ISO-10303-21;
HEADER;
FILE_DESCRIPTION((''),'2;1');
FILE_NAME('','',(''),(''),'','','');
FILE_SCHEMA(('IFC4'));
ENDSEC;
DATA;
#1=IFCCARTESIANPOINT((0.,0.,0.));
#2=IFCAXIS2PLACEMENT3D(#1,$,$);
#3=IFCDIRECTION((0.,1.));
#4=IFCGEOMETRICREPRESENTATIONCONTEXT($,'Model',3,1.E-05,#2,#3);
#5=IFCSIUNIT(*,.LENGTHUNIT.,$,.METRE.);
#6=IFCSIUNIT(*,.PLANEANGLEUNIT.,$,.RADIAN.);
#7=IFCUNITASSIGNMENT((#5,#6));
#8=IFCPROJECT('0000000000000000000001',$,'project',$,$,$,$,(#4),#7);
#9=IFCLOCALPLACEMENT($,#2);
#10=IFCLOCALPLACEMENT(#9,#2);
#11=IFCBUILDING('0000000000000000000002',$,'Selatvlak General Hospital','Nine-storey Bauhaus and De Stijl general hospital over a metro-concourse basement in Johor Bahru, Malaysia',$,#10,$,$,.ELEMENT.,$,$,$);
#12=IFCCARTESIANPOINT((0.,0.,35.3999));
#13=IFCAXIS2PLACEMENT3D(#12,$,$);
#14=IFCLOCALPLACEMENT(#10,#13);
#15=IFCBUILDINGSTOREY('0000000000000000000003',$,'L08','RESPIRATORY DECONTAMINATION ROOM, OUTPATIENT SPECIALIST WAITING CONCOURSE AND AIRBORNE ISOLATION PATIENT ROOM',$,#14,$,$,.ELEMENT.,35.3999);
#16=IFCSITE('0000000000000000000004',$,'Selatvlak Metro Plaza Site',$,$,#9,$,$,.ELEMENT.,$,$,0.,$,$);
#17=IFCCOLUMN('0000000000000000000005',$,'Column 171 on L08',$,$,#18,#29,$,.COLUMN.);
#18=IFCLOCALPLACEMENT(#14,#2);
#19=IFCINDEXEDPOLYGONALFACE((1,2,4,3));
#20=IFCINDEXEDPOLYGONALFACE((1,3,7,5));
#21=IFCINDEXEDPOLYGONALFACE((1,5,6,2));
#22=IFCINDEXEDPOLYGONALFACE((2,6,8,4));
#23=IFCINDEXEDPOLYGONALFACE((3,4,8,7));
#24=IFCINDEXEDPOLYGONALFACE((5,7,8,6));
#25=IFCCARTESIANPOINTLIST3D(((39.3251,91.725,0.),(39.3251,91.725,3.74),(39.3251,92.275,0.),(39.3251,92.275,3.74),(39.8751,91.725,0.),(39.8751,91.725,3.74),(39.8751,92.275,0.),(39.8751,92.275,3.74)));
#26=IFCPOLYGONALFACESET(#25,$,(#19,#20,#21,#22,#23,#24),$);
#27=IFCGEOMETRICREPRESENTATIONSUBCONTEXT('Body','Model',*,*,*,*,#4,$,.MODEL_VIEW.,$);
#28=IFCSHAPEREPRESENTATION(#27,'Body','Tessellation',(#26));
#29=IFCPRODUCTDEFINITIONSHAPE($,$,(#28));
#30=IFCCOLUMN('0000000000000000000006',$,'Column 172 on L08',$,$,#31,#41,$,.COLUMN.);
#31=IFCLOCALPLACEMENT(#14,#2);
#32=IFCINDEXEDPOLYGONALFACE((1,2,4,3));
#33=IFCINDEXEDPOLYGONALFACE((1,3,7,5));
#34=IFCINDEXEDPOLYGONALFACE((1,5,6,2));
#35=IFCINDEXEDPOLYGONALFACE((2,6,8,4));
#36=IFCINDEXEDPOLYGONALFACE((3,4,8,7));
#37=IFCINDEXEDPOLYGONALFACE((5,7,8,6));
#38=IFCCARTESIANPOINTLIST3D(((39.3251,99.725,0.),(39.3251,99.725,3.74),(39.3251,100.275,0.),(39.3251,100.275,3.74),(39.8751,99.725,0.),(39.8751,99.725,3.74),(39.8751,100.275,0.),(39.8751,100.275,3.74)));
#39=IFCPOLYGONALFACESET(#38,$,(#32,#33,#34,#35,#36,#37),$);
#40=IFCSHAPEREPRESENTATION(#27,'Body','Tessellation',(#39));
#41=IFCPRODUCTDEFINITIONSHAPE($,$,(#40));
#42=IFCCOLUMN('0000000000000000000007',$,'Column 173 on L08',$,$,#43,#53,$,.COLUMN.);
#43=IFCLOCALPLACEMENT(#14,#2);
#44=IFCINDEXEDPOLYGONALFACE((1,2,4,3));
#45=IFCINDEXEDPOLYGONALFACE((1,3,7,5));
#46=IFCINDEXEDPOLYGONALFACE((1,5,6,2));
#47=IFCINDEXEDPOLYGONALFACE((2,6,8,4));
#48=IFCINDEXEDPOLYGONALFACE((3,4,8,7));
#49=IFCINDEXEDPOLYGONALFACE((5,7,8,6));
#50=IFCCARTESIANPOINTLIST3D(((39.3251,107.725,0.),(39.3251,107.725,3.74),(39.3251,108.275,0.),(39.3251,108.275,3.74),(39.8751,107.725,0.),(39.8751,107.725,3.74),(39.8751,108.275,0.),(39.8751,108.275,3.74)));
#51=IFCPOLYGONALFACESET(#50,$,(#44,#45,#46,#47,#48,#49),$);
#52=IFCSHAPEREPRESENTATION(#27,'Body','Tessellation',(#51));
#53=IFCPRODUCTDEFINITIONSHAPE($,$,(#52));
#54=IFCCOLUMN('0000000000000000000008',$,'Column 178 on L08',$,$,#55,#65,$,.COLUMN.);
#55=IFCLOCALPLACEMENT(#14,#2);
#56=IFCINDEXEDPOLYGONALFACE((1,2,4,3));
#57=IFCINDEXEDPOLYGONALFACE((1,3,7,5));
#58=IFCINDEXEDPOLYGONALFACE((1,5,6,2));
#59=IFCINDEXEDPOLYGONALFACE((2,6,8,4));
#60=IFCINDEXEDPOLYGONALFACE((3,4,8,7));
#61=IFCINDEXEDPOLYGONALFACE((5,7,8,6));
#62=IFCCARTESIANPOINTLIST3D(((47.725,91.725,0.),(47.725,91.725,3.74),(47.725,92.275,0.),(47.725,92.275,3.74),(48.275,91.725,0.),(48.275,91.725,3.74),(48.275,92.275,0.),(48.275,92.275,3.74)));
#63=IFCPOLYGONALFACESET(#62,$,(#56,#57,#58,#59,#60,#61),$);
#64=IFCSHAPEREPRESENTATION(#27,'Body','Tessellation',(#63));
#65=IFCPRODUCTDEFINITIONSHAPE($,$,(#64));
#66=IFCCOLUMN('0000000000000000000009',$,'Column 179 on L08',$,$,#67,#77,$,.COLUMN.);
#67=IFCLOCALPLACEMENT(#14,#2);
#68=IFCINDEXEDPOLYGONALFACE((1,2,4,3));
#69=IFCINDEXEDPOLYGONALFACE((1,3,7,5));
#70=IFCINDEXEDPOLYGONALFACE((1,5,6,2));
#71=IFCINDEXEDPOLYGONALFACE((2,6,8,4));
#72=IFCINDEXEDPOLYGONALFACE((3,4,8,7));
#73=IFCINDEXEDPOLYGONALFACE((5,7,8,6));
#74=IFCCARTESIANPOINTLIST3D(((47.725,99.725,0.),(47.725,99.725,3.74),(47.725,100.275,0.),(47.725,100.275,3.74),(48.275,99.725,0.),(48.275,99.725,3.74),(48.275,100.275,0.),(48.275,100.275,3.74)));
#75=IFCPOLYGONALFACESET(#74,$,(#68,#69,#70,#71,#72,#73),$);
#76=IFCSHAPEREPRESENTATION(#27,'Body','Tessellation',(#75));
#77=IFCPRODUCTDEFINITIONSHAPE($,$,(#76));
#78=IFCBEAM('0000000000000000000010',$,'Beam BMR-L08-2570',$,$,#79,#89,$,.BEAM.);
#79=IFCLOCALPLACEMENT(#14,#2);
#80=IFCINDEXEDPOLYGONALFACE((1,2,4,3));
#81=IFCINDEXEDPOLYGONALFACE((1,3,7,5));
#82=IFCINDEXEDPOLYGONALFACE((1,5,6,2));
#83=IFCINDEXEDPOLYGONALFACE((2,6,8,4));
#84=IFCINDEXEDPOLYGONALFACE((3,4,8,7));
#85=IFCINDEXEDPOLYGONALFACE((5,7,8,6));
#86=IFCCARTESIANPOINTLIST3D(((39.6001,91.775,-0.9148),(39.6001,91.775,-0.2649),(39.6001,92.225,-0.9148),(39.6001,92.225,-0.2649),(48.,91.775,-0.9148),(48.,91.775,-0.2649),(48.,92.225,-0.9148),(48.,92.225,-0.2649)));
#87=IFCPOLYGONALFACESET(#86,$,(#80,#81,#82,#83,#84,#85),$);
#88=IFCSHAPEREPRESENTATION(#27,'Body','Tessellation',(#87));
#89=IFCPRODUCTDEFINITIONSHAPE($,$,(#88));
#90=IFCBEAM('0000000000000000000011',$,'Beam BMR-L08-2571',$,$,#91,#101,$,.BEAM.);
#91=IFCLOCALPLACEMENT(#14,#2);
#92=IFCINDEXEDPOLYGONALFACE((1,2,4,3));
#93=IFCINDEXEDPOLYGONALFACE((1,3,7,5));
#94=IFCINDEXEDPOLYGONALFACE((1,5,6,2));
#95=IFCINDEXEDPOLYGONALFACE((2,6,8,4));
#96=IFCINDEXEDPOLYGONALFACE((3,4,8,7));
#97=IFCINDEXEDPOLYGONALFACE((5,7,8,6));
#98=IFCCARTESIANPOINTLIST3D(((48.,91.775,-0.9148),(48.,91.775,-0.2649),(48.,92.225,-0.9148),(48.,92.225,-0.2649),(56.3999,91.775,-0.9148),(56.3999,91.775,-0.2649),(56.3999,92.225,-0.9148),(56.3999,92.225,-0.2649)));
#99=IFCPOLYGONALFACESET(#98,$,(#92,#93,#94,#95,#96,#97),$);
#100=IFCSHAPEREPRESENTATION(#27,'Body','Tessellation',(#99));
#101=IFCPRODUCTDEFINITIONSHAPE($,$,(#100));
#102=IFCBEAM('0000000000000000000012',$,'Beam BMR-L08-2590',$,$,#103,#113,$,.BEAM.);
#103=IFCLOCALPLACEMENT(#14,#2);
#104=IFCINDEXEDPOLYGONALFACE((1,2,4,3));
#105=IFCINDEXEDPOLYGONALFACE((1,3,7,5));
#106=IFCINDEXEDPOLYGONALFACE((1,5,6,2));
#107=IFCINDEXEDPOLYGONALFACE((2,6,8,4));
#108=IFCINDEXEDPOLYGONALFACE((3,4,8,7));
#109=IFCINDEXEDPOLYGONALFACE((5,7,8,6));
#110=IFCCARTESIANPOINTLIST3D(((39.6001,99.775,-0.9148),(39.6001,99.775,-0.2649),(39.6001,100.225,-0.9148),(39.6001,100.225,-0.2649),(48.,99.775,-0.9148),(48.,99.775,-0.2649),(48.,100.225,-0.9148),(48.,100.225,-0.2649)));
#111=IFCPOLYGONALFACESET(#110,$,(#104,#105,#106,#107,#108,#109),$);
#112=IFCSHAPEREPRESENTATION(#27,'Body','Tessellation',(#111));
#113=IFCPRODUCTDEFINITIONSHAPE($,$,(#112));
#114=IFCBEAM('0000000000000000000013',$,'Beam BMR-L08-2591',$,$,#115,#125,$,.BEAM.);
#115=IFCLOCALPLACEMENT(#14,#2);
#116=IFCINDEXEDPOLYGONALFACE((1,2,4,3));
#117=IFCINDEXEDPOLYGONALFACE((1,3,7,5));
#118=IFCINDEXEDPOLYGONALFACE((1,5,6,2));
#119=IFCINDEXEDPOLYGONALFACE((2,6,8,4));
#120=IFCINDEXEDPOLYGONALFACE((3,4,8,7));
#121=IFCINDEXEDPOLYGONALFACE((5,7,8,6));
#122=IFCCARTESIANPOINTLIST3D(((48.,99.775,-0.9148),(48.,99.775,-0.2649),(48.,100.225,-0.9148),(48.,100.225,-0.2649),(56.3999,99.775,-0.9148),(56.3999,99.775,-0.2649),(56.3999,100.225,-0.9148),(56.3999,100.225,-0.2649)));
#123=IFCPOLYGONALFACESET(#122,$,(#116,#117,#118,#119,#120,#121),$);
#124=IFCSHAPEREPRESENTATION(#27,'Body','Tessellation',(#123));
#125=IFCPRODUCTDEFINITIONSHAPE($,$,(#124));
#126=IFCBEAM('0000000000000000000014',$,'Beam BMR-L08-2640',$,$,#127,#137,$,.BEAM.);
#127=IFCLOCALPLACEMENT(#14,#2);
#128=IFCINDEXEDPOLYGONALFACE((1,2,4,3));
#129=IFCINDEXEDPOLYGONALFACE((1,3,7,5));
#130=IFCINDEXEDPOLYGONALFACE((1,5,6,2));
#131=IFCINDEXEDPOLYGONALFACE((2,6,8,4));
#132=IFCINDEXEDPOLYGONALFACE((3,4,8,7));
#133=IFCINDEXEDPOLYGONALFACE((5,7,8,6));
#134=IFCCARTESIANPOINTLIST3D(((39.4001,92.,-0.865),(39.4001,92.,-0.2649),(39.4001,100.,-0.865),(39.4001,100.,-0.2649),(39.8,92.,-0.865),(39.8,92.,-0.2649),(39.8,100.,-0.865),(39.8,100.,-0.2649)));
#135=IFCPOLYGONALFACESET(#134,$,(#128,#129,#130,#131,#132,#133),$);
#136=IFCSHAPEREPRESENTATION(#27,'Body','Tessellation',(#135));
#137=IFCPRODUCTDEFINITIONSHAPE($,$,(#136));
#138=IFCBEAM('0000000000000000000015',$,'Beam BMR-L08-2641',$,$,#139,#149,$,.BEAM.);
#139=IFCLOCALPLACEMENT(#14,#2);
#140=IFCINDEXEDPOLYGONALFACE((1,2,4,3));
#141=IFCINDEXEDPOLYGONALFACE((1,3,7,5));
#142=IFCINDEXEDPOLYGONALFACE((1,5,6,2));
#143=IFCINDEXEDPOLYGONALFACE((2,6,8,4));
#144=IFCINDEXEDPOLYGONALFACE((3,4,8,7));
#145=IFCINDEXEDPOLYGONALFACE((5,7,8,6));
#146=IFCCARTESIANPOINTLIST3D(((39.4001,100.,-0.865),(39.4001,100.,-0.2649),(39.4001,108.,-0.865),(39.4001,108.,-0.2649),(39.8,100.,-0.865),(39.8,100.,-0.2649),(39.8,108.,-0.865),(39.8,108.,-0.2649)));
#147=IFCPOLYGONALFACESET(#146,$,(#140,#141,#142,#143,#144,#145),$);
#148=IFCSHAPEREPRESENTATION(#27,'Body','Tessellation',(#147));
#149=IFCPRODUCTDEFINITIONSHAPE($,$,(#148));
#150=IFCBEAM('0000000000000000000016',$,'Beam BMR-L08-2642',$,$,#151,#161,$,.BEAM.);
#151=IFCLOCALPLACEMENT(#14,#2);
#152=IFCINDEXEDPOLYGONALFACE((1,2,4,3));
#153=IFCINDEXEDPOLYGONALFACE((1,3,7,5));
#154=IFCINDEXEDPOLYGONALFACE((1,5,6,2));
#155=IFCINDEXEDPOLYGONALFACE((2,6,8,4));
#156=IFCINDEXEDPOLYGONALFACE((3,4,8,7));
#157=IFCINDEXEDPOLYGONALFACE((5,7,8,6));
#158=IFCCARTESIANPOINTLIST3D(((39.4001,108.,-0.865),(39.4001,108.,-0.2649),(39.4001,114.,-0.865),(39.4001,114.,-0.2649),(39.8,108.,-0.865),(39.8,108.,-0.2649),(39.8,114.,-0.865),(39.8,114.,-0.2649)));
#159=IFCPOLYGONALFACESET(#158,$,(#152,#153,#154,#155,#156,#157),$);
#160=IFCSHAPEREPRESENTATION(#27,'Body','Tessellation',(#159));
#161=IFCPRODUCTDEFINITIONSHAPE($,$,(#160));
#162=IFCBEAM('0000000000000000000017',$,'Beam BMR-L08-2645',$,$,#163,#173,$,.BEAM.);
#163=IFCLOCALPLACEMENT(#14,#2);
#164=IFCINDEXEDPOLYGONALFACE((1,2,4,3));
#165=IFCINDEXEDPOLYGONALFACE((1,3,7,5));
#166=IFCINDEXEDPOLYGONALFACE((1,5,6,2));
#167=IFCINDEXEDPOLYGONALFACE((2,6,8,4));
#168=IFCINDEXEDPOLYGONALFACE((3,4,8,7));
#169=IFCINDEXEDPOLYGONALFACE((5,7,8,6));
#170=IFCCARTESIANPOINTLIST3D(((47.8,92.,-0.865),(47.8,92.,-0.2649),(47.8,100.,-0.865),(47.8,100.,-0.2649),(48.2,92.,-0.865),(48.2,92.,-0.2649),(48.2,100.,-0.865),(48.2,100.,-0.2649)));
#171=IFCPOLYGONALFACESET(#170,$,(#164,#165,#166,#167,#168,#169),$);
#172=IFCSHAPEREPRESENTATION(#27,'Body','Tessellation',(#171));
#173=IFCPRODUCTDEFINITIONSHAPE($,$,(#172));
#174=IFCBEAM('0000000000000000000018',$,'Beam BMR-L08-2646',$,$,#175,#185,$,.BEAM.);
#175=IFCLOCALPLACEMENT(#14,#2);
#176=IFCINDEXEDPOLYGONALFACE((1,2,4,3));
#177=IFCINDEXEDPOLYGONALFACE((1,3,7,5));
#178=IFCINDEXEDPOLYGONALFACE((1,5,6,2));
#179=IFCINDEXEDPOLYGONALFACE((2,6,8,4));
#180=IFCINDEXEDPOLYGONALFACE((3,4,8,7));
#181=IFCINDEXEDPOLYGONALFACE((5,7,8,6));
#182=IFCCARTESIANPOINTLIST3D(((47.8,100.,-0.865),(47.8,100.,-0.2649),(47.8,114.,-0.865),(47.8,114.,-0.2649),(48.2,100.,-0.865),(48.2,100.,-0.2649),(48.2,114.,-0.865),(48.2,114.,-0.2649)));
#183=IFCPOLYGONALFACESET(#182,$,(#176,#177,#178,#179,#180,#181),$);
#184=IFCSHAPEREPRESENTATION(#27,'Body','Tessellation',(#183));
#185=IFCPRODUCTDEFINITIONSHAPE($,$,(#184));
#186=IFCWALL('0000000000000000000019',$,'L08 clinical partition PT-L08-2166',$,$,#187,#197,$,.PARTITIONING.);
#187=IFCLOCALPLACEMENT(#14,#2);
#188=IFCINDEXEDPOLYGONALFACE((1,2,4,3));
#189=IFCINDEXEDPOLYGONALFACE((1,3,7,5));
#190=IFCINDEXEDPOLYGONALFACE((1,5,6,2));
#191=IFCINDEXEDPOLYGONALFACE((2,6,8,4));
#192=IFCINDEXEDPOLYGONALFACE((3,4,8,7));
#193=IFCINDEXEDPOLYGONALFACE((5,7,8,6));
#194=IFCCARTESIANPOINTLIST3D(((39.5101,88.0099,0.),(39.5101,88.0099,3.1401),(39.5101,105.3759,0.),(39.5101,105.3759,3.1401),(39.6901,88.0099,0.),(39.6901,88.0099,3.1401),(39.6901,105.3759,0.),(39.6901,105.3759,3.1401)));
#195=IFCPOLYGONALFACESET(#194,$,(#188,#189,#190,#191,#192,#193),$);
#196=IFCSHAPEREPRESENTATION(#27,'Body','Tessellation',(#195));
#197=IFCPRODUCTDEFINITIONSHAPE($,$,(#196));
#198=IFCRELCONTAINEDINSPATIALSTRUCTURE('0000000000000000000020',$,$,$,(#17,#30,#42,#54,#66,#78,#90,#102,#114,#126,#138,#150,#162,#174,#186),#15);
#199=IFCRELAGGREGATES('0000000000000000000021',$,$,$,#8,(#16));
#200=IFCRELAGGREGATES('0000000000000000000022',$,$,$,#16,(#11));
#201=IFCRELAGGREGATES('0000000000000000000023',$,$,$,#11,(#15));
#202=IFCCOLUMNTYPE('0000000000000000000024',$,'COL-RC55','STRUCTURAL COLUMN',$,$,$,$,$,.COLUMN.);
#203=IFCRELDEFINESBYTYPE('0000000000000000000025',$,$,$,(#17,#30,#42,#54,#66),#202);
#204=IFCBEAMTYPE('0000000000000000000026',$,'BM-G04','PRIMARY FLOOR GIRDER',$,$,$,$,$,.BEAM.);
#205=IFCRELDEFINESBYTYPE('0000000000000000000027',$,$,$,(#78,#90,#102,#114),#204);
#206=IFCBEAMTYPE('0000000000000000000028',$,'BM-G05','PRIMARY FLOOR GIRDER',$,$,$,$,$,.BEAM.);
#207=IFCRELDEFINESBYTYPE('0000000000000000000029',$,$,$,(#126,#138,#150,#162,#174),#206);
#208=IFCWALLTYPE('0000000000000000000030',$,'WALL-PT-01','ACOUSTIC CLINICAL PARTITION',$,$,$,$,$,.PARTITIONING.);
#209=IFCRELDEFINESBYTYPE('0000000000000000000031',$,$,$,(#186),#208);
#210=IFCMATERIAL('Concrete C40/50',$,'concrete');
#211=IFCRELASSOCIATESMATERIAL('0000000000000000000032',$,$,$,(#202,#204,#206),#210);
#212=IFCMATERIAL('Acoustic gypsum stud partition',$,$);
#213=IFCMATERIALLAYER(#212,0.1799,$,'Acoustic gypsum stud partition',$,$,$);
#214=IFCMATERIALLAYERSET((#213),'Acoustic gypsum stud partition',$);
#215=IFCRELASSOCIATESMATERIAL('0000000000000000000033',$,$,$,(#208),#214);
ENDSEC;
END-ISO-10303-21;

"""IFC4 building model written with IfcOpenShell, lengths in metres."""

from ifc_helpers import new_model, si_unit, direction, frame, frame_2d, origin, origin_2d, place, context, subcontext, project, spatial, rectangle, extrude, material, layer, layer_set, material_profile, profile_set, type_object, element, save


model = new_model("IFC4")

# Units and contexts
model_context = context("Model", 3, precision=1e-05, world=origin(), true_north=direction((0.0, 1.0)))
body_context = subcontext(model_context, "Body", "Model", "MODEL_VIEW")
ifc_project = project(units=[si_unit("LENGTHUNIT", "METRE"), si_unit("PLANEANGLEUNIT", "RADIAN")], contexts=[model_context])

# Site, building, storey
site_placement = place(None, origin())
site = spatial("IfcSite", under=ifc_project, at=site_placement, Name="Selatvlak Metro Plaza Site", CompositionType="ELEMENT", RefElevation=0.0)
building_placement = place(site_placement, origin())
building = spatial("IfcBuilding", under=site, at=building_placement, Name="Selatvlak General Hospital", Description="Nine-storey Bauhaus and De Stijl general hospital over a metro-concourse basement in Johor Bahru, Malaysia", CompositionType="ELEMENT")
storey_placement = place(building_placement, frame((0.0, 0.0, 35.3999)))
storey = spatial("IfcBuildingStorey", under=building, at=storey_placement, Name="L08", Description="RESPIRATORY DECONTAMINATION ROOM, OUTPATIENT SPECIALIST WAITING CONCOURSE AND AIRBORNE ISOLATION PATIENT ROOM", CompositionType="ELEMENT", Elevation=35.3999)

# Columns
ifc_material_1 = material(Name="Concrete C40/50", Category="concrete")
ifc_material_profile_1 = material_profile(ifc_material_1, rectangle(XDim=0.55, YDim=0.55, at=origin_2d()), Name="RC-COL 550x550")
ifc_profile_set_1 = profile_set([ifc_material_profile_1], Name="Concrete C40/50")
column_type = type_object("IfcColumnType", Name="COL-RC55", Description="STRUCTURAL COLUMN", PredefinedType="COLUMN", material=ifc_profile_set_1)
for number, where, z_axis, x_axis, name in (
    (1, (39.6001, 92.0, 0.0), (0.0, 0.0, 1.0), (1.0, 0.0, 0.0), "Column 171 on L08"),
    (2, (39.6001, 100.0, 0.0), (0.0, 0.0, 1.0), (1.0, 0.0, 0.0), "Column 172 on L08"),
    (3, (39.6001, 108.0, 0.0), (0.0, 0.0, 1.0), (1.0, 0.0, 0.0), "Column 173 on L08"),
    (4, (48.0, 92.0, 0.0), (0.0, 0.0, 1.0), (1.0, 0.0, 0.0), "Column 178 on L08"),
    (5, (48.0, 100.0, 0.0), (0.0, 0.0, 1.0), (1.0, 0.0, 0.0), "Column 179 on L08"),
):
    element("IfcColumn", number, at=place(storey_placement, frame(where, z_axis=z_axis, x_axis=x_axis)), inside=storey, type_object=column_type, Name=name, PredefinedType="COLUMN", context=body_context, shape_type="SweptSolid", body=[
        extrude(rectangle(XDim=0.55, YDim=0.55, at=origin_2d()), origin(), (0.0, 0.0, 1.0), 3.74),
    ])

# Beams
ifc_material_profile_2 = material_profile(ifc_material_1, rectangle(XDim=0.45, YDim=0.6499, at=origin_2d()), Name="RC-BM 450x650")
ifc_profile_set_2 = profile_set([ifc_material_profile_2], Name="Concrete C40/50")
beam_type_1 = type_object("IfcBeamType", Name="BM-G04", Description="PRIMARY FLOOR GIRDER", PredefinedType="BEAM", material=ifc_profile_set_2)
for number, where, z_axis, x_axis, name in (
    (6, (39.6001, 92.0, -0.5898), (1.0, 0.0, 0.0), (0.0, 1.0, 0.0), "Beam BMR-L08-2570"),
    (7, (48.0, 92.0, -0.5898), (1.0, 0.0, 0.0), (0.0, 1.0, 0.0), "Beam BMR-L08-2571"),
    (8, (39.6001, 100.0, -0.5898), (1.0, 0.0, 0.0), (0.0, 1.0, 0.0), "Beam BMR-L08-2590"),
    (9, (48.0, 100.0, -0.5898), (1.0, 0.0, 0.0), (0.0, 1.0, 0.0), "Beam BMR-L08-2591"),
):
    element("IfcBeam", number, at=place(storey_placement, frame(where, z_axis=z_axis, x_axis=x_axis)), inside=storey, type_object=beam_type_1, Name=name, PredefinedType="BEAM", context=body_context, shape_type="SweptSolid", body=[
        extrude(rectangle(XDim=0.45, YDim=0.6499, at=origin_2d()), origin(), (0.0, 0.0, 1.0), 8.3999),
    ])
ifc_material_profile_3 = material_profile(ifc_material_1, rectangle(XDim=0.3999, YDim=0.6001, at=origin_2d()), Name="RC-BM 400x600")
ifc_profile_set_3 = profile_set([ifc_material_profile_3], Name="Concrete C40/50")
beam_type_2 = type_object("IfcBeamType", Name="BM-G05", Description="PRIMARY FLOOR GIRDER", PredefinedType="BEAM", material=ifc_profile_set_3)
for number, where, z_axis, x_axis, name in (
    (10, (39.6001, 92.0, -0.5649), (0.0, 1.0, 0.0), (-1.0, 0.0, 0.0), "Beam BMR-L08-2640"),
    (11, (39.6001, 100.0, -0.5649), (0.0, 1.0, 0.0), (-1.0, 0.0, 0.0), "Beam BMR-L08-2641"),
):
    element("IfcBeam", number, at=place(storey_placement, frame(where, z_axis=z_axis, x_axis=x_axis)), inside=storey, type_object=beam_type_2, Name=name, PredefinedType="BEAM", context=body_context, shape_type="SweptSolid", body=[
        extrude(rectangle(XDim=0.3999, YDim=0.6001, at=origin_2d()), origin(), (0.0, 0.0, 1.0), 8.0),
    ])
beam_1_placement = place(storey_placement, frame((39.6001, 108.0, -0.5649), z_axis=(0.0, 1.0, 0.0), x_axis=(-1.0, 0.0, 0.0)))
element("IfcBeam", 12, at=beam_1_placement, inside=storey, type_object=beam_type_2, Name="Beam BMR-L08-2642", PredefinedType="BEAM", context=body_context, shape_type="SweptSolid", body=[
    extrude(rectangle(XDim=0.3999, YDim=0.6001, at=origin_2d()), origin(), (0.0, 0.0, 1.0), 6.0),
])
beam_2_placement = place(storey_placement, frame((48.0, 92.0, -0.5649), z_axis=(0.0, 1.0, 0.0), x_axis=(-1.0, 0.0, 0.0)))
element("IfcBeam", 13, at=beam_2_placement, inside=storey, type_object=beam_type_2, Name="Beam BMR-L08-2645", PredefinedType="BEAM", context=body_context, shape_type="SweptSolid", body=[
    extrude(rectangle(XDim=0.3999, YDim=0.6001, at=origin_2d()), origin(), (0.0, 0.0, 1.0), 8.0),
])
beam_3_placement = place(storey_placement, frame((48.0, 100.0, -0.5649), z_axis=(0.0, 1.0, 0.0), x_axis=(-1.0, 0.0, 0.0)))
element("IfcBeam", 14, at=beam_3_placement, inside=storey, type_object=beam_type_2, Name="Beam BMR-L08-2646", PredefinedType="BEAM", context=body_context, shape_type="SweptSolid", body=[
    extrude(rectangle(XDim=0.3999, YDim=0.6001, at=origin_2d()), origin(), (0.0, 0.0, 1.0), 14.0),
])

# Wall
ifc_material_2 = material(Name="Acoustic gypsum stud partition")
ifc_layer_1 = layer(ifc_material_2, 0.1799, Name="Acoustic gypsum stud partition")
ifc_layer_set_1 = layer_set([ifc_layer_1], Name="Acoustic gypsum stud partition")
wall_type_1 = type_object("IfcWallType", Name="WALL-PT-01", Description="ACOUSTIC CLINICAL PARTITION", PredefinedType="PARTITIONING", material=ifc_layer_set_1)
wall_1_placement = place(storey_placement, frame((39.6001, 105.376, 0.0), z_axis=(0.0, 0.0, 1.0), x_axis=(0.0, -1.0, 0.0)))
element("IfcWall", 15, at=wall_1_placement, inside=storey, type_object=wall_type_1, Name="L08 clinical partition PT-L08-2166", PredefinedType="PARTITIONING", context=body_context, shape_type="SweptSolid", body=[
    extrude(rectangle(XDim=17.366, YDim=0.1799, at=frame_2d((8.6831, 0.0))), origin(), (0.0, 0.0, 1.0), 3.1401),
])

save(model, "model.ifc")
